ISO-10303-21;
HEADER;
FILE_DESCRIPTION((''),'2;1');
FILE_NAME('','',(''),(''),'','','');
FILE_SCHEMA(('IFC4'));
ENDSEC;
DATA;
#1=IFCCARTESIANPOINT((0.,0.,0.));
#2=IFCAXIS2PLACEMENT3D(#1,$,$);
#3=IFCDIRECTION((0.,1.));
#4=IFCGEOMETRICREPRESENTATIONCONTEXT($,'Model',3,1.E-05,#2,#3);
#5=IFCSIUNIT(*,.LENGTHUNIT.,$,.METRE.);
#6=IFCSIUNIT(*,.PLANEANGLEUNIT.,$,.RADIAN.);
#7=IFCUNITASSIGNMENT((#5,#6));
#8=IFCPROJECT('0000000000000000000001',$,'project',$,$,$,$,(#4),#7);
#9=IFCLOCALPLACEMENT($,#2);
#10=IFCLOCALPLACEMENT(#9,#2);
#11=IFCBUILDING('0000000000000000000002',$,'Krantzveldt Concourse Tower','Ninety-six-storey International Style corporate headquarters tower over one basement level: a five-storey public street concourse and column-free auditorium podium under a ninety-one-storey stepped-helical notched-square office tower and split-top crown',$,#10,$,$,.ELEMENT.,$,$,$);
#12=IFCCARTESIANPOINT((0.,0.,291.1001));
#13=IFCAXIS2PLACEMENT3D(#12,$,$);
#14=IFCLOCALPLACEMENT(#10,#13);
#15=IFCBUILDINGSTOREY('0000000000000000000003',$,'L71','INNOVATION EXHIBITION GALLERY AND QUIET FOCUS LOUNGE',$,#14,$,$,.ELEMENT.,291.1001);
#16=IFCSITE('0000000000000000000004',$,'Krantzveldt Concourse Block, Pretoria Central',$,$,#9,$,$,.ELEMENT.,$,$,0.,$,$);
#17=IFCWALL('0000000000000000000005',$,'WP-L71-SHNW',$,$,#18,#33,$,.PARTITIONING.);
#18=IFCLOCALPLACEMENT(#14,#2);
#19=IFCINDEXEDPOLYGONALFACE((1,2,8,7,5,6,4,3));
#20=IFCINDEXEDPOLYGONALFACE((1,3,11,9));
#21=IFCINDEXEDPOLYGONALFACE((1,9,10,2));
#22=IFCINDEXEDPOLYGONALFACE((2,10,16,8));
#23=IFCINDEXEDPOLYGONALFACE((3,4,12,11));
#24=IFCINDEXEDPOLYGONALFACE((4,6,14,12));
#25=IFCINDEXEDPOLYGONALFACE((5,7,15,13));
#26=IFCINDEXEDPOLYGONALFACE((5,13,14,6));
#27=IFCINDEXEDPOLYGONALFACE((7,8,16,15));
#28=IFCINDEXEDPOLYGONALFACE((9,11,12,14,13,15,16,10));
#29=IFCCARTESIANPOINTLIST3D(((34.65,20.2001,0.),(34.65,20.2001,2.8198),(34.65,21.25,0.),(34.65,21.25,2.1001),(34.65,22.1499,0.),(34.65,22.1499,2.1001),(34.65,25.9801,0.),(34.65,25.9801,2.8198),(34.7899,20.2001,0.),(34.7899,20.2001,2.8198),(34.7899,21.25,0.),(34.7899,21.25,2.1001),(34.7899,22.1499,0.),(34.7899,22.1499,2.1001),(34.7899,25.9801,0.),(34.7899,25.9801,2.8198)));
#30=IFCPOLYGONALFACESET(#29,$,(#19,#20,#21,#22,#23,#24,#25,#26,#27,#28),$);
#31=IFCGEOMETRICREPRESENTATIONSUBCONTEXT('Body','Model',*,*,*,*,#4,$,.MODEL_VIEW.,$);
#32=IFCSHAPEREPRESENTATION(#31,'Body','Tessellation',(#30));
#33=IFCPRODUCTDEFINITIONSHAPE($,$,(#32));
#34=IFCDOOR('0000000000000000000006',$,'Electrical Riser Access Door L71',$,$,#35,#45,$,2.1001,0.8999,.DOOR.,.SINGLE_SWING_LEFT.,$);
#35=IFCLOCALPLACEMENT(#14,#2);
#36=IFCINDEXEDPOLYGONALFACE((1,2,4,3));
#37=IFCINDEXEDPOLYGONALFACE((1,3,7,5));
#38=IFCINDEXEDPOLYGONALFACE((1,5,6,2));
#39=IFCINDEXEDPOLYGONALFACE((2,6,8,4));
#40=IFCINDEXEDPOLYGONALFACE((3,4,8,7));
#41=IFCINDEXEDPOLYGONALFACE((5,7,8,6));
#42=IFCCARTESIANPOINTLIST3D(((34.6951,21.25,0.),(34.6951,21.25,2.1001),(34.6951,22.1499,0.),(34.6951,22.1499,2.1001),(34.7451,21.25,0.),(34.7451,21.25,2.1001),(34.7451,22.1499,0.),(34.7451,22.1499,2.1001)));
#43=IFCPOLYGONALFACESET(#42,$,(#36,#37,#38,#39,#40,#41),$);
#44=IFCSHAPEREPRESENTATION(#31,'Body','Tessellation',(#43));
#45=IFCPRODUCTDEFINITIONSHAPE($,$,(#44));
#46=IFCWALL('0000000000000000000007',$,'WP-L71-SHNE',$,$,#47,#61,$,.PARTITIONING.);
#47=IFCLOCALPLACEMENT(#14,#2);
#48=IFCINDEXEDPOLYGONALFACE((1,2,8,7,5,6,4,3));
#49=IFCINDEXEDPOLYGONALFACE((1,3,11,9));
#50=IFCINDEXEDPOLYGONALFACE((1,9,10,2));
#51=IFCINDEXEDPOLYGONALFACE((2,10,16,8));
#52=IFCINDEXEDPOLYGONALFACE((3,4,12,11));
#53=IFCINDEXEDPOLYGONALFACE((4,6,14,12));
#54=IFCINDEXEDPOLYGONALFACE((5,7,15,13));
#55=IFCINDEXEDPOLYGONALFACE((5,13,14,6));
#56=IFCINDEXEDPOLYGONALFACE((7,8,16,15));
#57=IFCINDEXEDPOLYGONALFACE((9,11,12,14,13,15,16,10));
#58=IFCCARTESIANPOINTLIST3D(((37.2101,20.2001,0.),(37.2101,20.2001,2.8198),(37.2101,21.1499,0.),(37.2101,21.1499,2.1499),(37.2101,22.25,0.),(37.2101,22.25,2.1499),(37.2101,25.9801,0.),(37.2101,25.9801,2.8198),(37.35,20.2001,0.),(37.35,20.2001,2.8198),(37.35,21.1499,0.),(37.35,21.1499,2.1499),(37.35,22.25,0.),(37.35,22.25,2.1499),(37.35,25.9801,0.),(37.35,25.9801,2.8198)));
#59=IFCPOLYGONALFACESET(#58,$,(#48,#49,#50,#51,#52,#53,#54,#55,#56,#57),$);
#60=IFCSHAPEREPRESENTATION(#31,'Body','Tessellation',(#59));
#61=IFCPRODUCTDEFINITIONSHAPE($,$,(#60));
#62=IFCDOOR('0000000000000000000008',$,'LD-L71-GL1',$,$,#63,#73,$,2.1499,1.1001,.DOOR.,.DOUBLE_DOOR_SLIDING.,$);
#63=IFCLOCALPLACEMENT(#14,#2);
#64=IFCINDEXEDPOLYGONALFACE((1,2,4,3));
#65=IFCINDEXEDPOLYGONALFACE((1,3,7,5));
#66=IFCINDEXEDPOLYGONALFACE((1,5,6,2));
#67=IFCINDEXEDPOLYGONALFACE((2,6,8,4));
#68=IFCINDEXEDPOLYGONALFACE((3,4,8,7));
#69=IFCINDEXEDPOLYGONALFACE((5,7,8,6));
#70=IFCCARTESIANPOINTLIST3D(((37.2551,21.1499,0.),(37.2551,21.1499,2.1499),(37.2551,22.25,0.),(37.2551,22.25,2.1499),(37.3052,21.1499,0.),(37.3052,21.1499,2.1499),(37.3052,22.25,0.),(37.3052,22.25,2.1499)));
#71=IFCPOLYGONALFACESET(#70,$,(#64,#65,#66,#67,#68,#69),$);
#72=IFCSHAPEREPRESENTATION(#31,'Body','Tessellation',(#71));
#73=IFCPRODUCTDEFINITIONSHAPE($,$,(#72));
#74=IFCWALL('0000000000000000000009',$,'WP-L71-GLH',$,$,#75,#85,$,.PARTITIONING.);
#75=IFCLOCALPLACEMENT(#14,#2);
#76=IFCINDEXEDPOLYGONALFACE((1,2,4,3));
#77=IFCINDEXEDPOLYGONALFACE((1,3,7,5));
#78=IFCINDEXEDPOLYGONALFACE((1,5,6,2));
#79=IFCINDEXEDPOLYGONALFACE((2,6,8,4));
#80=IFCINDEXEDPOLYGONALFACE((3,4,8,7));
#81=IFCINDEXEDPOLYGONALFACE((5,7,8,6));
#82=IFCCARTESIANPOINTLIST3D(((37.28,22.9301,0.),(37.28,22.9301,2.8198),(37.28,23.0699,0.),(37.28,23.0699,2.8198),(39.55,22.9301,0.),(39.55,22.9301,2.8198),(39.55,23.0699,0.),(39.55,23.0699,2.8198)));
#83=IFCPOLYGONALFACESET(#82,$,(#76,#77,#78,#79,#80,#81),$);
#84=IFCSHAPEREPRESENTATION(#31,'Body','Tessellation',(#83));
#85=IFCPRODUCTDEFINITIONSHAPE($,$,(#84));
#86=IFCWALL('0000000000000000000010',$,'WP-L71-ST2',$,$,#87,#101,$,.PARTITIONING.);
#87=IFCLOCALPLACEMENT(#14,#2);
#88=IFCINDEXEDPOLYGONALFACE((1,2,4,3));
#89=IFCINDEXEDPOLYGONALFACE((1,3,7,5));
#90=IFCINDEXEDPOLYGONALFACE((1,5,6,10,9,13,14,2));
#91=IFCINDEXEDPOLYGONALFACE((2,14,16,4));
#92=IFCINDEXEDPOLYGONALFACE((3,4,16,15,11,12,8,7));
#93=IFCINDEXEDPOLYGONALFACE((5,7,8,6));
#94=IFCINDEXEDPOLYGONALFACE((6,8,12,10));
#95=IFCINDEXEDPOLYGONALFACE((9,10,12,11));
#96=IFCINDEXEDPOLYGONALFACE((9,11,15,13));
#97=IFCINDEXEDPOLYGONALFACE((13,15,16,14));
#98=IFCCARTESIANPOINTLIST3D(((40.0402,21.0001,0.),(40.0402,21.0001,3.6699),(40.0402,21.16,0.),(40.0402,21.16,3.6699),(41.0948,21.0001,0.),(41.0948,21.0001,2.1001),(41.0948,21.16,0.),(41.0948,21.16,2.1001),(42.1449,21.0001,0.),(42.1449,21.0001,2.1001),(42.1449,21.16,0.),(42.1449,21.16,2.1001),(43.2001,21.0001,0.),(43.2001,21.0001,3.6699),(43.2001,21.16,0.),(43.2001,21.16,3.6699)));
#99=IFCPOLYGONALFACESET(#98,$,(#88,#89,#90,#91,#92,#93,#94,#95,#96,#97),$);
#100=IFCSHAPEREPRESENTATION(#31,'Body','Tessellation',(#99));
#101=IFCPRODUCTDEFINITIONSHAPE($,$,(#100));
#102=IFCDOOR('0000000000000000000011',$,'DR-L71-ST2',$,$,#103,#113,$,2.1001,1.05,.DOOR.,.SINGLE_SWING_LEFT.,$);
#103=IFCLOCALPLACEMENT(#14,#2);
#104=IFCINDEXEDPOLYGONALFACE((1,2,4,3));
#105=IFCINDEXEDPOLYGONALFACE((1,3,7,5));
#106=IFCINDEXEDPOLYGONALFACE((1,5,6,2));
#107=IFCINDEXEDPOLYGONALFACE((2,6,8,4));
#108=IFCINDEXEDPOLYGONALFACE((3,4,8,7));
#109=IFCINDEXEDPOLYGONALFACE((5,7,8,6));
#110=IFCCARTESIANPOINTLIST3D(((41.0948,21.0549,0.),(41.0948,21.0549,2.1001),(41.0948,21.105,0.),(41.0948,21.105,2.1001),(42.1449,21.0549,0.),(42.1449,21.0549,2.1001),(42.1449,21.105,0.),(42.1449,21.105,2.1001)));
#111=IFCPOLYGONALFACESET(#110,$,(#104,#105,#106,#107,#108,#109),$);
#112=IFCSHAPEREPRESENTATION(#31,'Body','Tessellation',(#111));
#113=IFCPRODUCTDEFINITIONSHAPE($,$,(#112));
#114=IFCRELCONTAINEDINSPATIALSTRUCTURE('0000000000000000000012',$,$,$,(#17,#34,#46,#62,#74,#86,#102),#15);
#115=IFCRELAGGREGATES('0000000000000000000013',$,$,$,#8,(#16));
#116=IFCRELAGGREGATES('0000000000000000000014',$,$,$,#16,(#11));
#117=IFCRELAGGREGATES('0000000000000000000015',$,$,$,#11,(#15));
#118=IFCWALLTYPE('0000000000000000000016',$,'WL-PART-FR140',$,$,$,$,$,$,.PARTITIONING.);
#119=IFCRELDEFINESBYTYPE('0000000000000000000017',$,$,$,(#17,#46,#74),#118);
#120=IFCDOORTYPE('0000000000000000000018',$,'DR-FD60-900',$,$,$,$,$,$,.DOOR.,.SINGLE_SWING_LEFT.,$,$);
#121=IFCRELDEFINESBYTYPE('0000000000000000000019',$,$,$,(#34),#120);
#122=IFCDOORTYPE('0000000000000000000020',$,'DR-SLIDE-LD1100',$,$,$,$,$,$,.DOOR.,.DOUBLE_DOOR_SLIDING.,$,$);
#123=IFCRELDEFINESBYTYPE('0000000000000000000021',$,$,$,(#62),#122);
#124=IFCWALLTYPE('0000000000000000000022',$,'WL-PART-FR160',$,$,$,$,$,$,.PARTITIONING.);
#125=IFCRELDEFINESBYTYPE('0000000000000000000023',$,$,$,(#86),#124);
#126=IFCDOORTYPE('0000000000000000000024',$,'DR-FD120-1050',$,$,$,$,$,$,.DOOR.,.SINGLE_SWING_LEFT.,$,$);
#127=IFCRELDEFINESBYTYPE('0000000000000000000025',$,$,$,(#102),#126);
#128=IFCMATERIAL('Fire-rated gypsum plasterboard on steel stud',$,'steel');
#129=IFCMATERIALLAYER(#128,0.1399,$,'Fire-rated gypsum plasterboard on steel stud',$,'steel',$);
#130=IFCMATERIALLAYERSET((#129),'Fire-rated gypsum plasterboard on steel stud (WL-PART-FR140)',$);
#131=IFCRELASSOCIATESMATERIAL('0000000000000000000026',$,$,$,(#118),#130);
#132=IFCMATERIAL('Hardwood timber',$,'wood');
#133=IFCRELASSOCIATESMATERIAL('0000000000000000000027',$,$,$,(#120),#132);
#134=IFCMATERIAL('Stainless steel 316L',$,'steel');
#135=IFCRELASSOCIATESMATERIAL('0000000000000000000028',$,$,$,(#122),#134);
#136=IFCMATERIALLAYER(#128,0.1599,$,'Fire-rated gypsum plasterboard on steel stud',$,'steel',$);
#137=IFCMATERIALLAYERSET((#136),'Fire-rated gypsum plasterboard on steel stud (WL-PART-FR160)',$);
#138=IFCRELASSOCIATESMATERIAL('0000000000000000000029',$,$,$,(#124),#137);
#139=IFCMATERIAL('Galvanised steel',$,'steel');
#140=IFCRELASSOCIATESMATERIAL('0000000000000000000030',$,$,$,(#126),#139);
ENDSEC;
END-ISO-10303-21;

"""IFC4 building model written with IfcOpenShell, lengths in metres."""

from ifc_helpers import new_model, si_unit, direction, frame, frame_2d, origin, place, context, subcontext, project, spatial, rectangle, extrude, material, layer, layer_set, type_object, element, fill, save


model = new_model("IFC4")

# Units and contexts
model_context = context("Model", 3, precision=1e-05, world=origin(), true_north=direction((0.0, 1.0)))
body_context = subcontext(model_context, "Body", "Model", "MODEL_VIEW")
ifc_project = project(units=[si_unit("LENGTHUNIT", "METRE"), si_unit("PLANEANGLEUNIT", "RADIAN")], contexts=[model_context])

# Site, building, storey
site_placement = place(None, origin())
site = spatial("IfcSite", under=ifc_project, at=site_placement, Name="Krantzveldt Concourse Block, Pretoria Central", CompositionType="ELEMENT", RefElevation=0.0)
building_placement = place(site_placement, origin())
building = spatial("IfcBuilding", under=site, at=building_placement, Name="Krantzveldt Concourse Tower", Description="Ninety-six-storey International Style corporate headquarters tower over one basement level: a five-storey public street concourse and column-free auditorium podium under a ninety-one-storey stepped-helical notched-square office tower and split-top crown", CompositionType="ELEMENT")
storey_placement = place(building_placement, frame((0.0, 0.0, 291.1001)))
storey = spatial("IfcBuildingStorey", under=building, at=storey_placement, Name="L71", Description="INNOVATION EXHIBITION GALLERY AND QUIET FOCUS LOUNGE", CompositionType="ELEMENT", Elevation=291.1001)

# Shared definitions
ifc_material_1 = material(Name="Fire-rated gypsum plasterboard on steel stud", Category="steel")

# Walls, openings, doors
ifc_layer_1 = layer(ifc_material_1, 0.1399, Name="Fire-rated gypsum plasterboard on steel stud", Category="steel")
ifc_layer_set_1 = layer_set([ifc_layer_1], Name="Fire-rated gypsum plasterboard on steel stud (WL-PART-FR140)")
wall_type_1 = type_object("IfcWallType", Name="WL-PART-FR140", PredefinedType="PARTITIONING", material=ifc_layer_set_1)
wall_1_placement = place(storey_placement, frame((34.72, 20.2, 0.0), z_axis=(0.0, 0.0, 1.0), x_axis=(0.0, 1.0, 0.0)))
wall_1 = element("IfcWall", 1, at=wall_1_placement, inside=storey, type_object=wall_type_1, Name="WP-L71-SHNW", PredefinedType="PARTITIONING", context=body_context, shape_type="SweptSolid", body=[
    extrude(rectangle(XDim=5.78, YDim=0.1399, at=frame_2d((2.8901, 0.0))), origin(), (0.0, 0.0, 1.0), 2.8198),
])
opening_1_placement = place(wall_1_placement, frame((1.05, 0.0, 0.0)))
opening_1 = element("IfcOpeningElement", 2, at=opening_1_placement, cuts=wall_1, PredefinedType="OPENING", context=body_context, shape_type="SweptSolid", body=[
    extrude(rectangle(XDim=0.8999, YDim=2.1001, at=frame_2d((0.45, 1.05))), frame((0.0, 0.0801, 0.0), z_axis=(0.0, -1.0, 0.0), x_axis=(1.0, 0.0, 0.0)), (0.0, 0.0, 1.0), 0.1599),
])
ifc_material_2 = material(Name="Hardwood timber", Category="wood")
door_type_1 = type_object("IfcDoorType", Name="DR-FD60-900", OperationType="SINGLE_SWING_LEFT", PredefinedType="DOOR", material=ifc_material_2)
door_1_placement = place(opening_1_placement, origin())
door_1 = element("IfcDoor", 3, at=door_1_placement, inside=storey, type_object=door_type_1, Name="Electrical Riser Access Door L71", OperationType="SINGLE_SWING_LEFT", OverallHeight=2.1001, OverallWidth=0.8999, PredefinedType="DOOR", context=body_context, shape_type="SweptSolid", body=[
    extrude(rectangle(XDim=0.8999, YDim=2.1001, at=frame_2d((0.45, 1.05))), frame((0.0, 0.0249, 0.0), z_axis=(0.0, -1.0, 0.0), x_axis=(1.0, 0.0, 0.0)), (0.0, 0.0, 1.0), 0.05),
])
fill(opening_1, door_1)
wall_2_placement = place(storey_placement, frame((37.28, 20.2, 0.0), z_axis=(0.0, 0.0, 1.0), x_axis=(0.0, 1.0, 0.0)))
wall_2 = element("IfcWall", 4, at=wall_2_placement, inside=storey, type_object=wall_type_1, Name="WP-L71-SHNE", PredefinedType="PARTITIONING", context=body_context, shape_type="SweptSolid", body=[
    extrude(rectangle(XDim=5.78, YDim=0.1399, at=frame_2d((2.8901, 0.0))), origin(), (0.0, 0.0, 1.0), 2.8198),
])
opening_2_placement = place(wall_2_placement, frame((0.95, 0.0, 0.0)))
opening_2 = element("IfcOpeningElement", 5, at=opening_2_placement, cuts=wall_2, PredefinedType="OPENING", context=body_context, shape_type="SweptSolid", body=[
    extrude(rectangle(XDim=1.1001, YDim=2.1499, at=frame_2d((0.55, 1.075))), frame((0.0, 0.0801, 0.0), z_axis=(0.0, -1.0, 0.0), x_axis=(1.0, 0.0, 0.0)), (0.0, 0.0, 1.0), 0.1599),
])
ifc_material_3 = material(Name="Stainless steel 316L", Category="steel")
door_type_2 = type_object("IfcDoorType", Name="DR-SLIDE-LD1100", OperationType="DOUBLE_DOOR_SLIDING", PredefinedType="DOOR", material=ifc_material_3)
door_2_placement = place(opening_2_placement, origin())
door_2 = element("IfcDoor", 6, at=door_2_placement, inside=storey, type_object=door_type_2, Name="LD-L71-GL1", OperationType="DOUBLE_DOOR_SLIDING", OverallHeight=2.1499, OverallWidth=1.1001, PredefinedType="DOOR", context=body_context, shape_type="SweptSolid", body=[
    extrude(rectangle(XDim=1.1001, YDim=2.1499, at=frame_2d((0.55, 1.075))), frame((0.0, 0.0249, 0.0), z_axis=(0.0, -1.0, 0.0), x_axis=(1.0, 0.0, 0.0)), (0.0, 0.0, 1.0), 0.05),
])
fill(opening_2, door_2)

# Wall
wall_3_placement = place(storey_placement, frame((37.28, 23.0, 0.0), z_axis=(0.0, 0.0, 1.0), x_axis=(1.0, 0.0, 0.0)))
element("IfcWall", 7, at=wall_3_placement, inside=storey, type_object=wall_type_1, Name="WP-L71-GLH", PredefinedType="PARTITIONING", context=body_context, shape_type="SweptSolid", body=[
    extrude(rectangle(XDim=2.27, YDim=0.1399, at=frame_2d((1.135, 0.0))), origin(), (0.0, 0.0, 1.0), 2.8198),
])

# Wall, opening, door
ifc_layer_2 = layer(ifc_material_1, 0.1599, Name="Fire-rated gypsum plasterboard on steel stud", Category="steel")
ifc_layer_set_2 = layer_set([ifc_layer_2], Name="Fire-rated gypsum plasterboard on steel stud (WL-PART-FR160)")
wall_type_2 = type_object("IfcWallType", Name="WL-PART-FR160", PredefinedType="PARTITIONING", material=ifc_layer_set_2)
wall_4_placement = place(storey_placement, frame((40.04, 21.0801, 0.0), z_axis=(0.0, 0.0, 1.0), x_axis=(1.0, 0.0, 0.0)))
wall_4 = element("IfcWall", 8, at=wall_4_placement, inside=storey, type_object=wall_type_2, Name="WP-L71-ST2", PredefinedType="PARTITIONING", context=body_context, shape_type="SweptSolid", body=[
    extrude(rectangle(XDim=3.1599, YDim=0.1599, at=frame_2d((1.5801, 0.0))), origin(), (0.0, 0.0, 1.0), 3.6699),
])
opening_3_placement = place(wall_4_placement, frame((1.0549, 0.0, 0.0)))
opening_3 = element("IfcOpeningElement", 9, at=opening_3_placement, cuts=wall_4, PredefinedType="OPENING", context=body_context, shape_type="SweptSolid", body=[
    extrude(rectangle(XDim=1.05, YDim=2.1001, at=frame_2d((0.5249, 1.05))), frame((0.0, 0.0898, 0.0), z_axis=(0.0, -1.0, 0.0), x_axis=(1.0, 0.0, 0.0)), (0.0, 0.0, 1.0), 0.1799),
])
ifc_material_4 = material(Name="Galvanised steel", Category="steel")
door_type_3 = type_object("IfcDoorType", Name="DR-FD120-1050", OperationType="SINGLE_SWING_LEFT", PredefinedType="DOOR", material=ifc_material_4)
door_3_placement = place(opening_3_placement, origin())
door_3 = element("IfcDoor", 10, at=door_3_placement, inside=storey, type_object=door_type_3, Name="DR-L71-ST2", OperationType="SINGLE_SWING_LEFT", OverallHeight=2.1001, OverallWidth=1.05, PredefinedType="DOOR", context=body_context, shape_type="SweptSolid", body=[
    extrude(rectangle(XDim=1.05, YDim=2.1001, at=frame_2d((0.5249, 1.05))), frame((0.0, 0.0249, 0.0), z_axis=(0.0, -1.0, 0.0), x_axis=(1.0, 0.0, 0.0)), (0.0, 0.0, 1.0), 0.05),
])
fill(opening_3, door_3)

save(model, "model.ifc")
